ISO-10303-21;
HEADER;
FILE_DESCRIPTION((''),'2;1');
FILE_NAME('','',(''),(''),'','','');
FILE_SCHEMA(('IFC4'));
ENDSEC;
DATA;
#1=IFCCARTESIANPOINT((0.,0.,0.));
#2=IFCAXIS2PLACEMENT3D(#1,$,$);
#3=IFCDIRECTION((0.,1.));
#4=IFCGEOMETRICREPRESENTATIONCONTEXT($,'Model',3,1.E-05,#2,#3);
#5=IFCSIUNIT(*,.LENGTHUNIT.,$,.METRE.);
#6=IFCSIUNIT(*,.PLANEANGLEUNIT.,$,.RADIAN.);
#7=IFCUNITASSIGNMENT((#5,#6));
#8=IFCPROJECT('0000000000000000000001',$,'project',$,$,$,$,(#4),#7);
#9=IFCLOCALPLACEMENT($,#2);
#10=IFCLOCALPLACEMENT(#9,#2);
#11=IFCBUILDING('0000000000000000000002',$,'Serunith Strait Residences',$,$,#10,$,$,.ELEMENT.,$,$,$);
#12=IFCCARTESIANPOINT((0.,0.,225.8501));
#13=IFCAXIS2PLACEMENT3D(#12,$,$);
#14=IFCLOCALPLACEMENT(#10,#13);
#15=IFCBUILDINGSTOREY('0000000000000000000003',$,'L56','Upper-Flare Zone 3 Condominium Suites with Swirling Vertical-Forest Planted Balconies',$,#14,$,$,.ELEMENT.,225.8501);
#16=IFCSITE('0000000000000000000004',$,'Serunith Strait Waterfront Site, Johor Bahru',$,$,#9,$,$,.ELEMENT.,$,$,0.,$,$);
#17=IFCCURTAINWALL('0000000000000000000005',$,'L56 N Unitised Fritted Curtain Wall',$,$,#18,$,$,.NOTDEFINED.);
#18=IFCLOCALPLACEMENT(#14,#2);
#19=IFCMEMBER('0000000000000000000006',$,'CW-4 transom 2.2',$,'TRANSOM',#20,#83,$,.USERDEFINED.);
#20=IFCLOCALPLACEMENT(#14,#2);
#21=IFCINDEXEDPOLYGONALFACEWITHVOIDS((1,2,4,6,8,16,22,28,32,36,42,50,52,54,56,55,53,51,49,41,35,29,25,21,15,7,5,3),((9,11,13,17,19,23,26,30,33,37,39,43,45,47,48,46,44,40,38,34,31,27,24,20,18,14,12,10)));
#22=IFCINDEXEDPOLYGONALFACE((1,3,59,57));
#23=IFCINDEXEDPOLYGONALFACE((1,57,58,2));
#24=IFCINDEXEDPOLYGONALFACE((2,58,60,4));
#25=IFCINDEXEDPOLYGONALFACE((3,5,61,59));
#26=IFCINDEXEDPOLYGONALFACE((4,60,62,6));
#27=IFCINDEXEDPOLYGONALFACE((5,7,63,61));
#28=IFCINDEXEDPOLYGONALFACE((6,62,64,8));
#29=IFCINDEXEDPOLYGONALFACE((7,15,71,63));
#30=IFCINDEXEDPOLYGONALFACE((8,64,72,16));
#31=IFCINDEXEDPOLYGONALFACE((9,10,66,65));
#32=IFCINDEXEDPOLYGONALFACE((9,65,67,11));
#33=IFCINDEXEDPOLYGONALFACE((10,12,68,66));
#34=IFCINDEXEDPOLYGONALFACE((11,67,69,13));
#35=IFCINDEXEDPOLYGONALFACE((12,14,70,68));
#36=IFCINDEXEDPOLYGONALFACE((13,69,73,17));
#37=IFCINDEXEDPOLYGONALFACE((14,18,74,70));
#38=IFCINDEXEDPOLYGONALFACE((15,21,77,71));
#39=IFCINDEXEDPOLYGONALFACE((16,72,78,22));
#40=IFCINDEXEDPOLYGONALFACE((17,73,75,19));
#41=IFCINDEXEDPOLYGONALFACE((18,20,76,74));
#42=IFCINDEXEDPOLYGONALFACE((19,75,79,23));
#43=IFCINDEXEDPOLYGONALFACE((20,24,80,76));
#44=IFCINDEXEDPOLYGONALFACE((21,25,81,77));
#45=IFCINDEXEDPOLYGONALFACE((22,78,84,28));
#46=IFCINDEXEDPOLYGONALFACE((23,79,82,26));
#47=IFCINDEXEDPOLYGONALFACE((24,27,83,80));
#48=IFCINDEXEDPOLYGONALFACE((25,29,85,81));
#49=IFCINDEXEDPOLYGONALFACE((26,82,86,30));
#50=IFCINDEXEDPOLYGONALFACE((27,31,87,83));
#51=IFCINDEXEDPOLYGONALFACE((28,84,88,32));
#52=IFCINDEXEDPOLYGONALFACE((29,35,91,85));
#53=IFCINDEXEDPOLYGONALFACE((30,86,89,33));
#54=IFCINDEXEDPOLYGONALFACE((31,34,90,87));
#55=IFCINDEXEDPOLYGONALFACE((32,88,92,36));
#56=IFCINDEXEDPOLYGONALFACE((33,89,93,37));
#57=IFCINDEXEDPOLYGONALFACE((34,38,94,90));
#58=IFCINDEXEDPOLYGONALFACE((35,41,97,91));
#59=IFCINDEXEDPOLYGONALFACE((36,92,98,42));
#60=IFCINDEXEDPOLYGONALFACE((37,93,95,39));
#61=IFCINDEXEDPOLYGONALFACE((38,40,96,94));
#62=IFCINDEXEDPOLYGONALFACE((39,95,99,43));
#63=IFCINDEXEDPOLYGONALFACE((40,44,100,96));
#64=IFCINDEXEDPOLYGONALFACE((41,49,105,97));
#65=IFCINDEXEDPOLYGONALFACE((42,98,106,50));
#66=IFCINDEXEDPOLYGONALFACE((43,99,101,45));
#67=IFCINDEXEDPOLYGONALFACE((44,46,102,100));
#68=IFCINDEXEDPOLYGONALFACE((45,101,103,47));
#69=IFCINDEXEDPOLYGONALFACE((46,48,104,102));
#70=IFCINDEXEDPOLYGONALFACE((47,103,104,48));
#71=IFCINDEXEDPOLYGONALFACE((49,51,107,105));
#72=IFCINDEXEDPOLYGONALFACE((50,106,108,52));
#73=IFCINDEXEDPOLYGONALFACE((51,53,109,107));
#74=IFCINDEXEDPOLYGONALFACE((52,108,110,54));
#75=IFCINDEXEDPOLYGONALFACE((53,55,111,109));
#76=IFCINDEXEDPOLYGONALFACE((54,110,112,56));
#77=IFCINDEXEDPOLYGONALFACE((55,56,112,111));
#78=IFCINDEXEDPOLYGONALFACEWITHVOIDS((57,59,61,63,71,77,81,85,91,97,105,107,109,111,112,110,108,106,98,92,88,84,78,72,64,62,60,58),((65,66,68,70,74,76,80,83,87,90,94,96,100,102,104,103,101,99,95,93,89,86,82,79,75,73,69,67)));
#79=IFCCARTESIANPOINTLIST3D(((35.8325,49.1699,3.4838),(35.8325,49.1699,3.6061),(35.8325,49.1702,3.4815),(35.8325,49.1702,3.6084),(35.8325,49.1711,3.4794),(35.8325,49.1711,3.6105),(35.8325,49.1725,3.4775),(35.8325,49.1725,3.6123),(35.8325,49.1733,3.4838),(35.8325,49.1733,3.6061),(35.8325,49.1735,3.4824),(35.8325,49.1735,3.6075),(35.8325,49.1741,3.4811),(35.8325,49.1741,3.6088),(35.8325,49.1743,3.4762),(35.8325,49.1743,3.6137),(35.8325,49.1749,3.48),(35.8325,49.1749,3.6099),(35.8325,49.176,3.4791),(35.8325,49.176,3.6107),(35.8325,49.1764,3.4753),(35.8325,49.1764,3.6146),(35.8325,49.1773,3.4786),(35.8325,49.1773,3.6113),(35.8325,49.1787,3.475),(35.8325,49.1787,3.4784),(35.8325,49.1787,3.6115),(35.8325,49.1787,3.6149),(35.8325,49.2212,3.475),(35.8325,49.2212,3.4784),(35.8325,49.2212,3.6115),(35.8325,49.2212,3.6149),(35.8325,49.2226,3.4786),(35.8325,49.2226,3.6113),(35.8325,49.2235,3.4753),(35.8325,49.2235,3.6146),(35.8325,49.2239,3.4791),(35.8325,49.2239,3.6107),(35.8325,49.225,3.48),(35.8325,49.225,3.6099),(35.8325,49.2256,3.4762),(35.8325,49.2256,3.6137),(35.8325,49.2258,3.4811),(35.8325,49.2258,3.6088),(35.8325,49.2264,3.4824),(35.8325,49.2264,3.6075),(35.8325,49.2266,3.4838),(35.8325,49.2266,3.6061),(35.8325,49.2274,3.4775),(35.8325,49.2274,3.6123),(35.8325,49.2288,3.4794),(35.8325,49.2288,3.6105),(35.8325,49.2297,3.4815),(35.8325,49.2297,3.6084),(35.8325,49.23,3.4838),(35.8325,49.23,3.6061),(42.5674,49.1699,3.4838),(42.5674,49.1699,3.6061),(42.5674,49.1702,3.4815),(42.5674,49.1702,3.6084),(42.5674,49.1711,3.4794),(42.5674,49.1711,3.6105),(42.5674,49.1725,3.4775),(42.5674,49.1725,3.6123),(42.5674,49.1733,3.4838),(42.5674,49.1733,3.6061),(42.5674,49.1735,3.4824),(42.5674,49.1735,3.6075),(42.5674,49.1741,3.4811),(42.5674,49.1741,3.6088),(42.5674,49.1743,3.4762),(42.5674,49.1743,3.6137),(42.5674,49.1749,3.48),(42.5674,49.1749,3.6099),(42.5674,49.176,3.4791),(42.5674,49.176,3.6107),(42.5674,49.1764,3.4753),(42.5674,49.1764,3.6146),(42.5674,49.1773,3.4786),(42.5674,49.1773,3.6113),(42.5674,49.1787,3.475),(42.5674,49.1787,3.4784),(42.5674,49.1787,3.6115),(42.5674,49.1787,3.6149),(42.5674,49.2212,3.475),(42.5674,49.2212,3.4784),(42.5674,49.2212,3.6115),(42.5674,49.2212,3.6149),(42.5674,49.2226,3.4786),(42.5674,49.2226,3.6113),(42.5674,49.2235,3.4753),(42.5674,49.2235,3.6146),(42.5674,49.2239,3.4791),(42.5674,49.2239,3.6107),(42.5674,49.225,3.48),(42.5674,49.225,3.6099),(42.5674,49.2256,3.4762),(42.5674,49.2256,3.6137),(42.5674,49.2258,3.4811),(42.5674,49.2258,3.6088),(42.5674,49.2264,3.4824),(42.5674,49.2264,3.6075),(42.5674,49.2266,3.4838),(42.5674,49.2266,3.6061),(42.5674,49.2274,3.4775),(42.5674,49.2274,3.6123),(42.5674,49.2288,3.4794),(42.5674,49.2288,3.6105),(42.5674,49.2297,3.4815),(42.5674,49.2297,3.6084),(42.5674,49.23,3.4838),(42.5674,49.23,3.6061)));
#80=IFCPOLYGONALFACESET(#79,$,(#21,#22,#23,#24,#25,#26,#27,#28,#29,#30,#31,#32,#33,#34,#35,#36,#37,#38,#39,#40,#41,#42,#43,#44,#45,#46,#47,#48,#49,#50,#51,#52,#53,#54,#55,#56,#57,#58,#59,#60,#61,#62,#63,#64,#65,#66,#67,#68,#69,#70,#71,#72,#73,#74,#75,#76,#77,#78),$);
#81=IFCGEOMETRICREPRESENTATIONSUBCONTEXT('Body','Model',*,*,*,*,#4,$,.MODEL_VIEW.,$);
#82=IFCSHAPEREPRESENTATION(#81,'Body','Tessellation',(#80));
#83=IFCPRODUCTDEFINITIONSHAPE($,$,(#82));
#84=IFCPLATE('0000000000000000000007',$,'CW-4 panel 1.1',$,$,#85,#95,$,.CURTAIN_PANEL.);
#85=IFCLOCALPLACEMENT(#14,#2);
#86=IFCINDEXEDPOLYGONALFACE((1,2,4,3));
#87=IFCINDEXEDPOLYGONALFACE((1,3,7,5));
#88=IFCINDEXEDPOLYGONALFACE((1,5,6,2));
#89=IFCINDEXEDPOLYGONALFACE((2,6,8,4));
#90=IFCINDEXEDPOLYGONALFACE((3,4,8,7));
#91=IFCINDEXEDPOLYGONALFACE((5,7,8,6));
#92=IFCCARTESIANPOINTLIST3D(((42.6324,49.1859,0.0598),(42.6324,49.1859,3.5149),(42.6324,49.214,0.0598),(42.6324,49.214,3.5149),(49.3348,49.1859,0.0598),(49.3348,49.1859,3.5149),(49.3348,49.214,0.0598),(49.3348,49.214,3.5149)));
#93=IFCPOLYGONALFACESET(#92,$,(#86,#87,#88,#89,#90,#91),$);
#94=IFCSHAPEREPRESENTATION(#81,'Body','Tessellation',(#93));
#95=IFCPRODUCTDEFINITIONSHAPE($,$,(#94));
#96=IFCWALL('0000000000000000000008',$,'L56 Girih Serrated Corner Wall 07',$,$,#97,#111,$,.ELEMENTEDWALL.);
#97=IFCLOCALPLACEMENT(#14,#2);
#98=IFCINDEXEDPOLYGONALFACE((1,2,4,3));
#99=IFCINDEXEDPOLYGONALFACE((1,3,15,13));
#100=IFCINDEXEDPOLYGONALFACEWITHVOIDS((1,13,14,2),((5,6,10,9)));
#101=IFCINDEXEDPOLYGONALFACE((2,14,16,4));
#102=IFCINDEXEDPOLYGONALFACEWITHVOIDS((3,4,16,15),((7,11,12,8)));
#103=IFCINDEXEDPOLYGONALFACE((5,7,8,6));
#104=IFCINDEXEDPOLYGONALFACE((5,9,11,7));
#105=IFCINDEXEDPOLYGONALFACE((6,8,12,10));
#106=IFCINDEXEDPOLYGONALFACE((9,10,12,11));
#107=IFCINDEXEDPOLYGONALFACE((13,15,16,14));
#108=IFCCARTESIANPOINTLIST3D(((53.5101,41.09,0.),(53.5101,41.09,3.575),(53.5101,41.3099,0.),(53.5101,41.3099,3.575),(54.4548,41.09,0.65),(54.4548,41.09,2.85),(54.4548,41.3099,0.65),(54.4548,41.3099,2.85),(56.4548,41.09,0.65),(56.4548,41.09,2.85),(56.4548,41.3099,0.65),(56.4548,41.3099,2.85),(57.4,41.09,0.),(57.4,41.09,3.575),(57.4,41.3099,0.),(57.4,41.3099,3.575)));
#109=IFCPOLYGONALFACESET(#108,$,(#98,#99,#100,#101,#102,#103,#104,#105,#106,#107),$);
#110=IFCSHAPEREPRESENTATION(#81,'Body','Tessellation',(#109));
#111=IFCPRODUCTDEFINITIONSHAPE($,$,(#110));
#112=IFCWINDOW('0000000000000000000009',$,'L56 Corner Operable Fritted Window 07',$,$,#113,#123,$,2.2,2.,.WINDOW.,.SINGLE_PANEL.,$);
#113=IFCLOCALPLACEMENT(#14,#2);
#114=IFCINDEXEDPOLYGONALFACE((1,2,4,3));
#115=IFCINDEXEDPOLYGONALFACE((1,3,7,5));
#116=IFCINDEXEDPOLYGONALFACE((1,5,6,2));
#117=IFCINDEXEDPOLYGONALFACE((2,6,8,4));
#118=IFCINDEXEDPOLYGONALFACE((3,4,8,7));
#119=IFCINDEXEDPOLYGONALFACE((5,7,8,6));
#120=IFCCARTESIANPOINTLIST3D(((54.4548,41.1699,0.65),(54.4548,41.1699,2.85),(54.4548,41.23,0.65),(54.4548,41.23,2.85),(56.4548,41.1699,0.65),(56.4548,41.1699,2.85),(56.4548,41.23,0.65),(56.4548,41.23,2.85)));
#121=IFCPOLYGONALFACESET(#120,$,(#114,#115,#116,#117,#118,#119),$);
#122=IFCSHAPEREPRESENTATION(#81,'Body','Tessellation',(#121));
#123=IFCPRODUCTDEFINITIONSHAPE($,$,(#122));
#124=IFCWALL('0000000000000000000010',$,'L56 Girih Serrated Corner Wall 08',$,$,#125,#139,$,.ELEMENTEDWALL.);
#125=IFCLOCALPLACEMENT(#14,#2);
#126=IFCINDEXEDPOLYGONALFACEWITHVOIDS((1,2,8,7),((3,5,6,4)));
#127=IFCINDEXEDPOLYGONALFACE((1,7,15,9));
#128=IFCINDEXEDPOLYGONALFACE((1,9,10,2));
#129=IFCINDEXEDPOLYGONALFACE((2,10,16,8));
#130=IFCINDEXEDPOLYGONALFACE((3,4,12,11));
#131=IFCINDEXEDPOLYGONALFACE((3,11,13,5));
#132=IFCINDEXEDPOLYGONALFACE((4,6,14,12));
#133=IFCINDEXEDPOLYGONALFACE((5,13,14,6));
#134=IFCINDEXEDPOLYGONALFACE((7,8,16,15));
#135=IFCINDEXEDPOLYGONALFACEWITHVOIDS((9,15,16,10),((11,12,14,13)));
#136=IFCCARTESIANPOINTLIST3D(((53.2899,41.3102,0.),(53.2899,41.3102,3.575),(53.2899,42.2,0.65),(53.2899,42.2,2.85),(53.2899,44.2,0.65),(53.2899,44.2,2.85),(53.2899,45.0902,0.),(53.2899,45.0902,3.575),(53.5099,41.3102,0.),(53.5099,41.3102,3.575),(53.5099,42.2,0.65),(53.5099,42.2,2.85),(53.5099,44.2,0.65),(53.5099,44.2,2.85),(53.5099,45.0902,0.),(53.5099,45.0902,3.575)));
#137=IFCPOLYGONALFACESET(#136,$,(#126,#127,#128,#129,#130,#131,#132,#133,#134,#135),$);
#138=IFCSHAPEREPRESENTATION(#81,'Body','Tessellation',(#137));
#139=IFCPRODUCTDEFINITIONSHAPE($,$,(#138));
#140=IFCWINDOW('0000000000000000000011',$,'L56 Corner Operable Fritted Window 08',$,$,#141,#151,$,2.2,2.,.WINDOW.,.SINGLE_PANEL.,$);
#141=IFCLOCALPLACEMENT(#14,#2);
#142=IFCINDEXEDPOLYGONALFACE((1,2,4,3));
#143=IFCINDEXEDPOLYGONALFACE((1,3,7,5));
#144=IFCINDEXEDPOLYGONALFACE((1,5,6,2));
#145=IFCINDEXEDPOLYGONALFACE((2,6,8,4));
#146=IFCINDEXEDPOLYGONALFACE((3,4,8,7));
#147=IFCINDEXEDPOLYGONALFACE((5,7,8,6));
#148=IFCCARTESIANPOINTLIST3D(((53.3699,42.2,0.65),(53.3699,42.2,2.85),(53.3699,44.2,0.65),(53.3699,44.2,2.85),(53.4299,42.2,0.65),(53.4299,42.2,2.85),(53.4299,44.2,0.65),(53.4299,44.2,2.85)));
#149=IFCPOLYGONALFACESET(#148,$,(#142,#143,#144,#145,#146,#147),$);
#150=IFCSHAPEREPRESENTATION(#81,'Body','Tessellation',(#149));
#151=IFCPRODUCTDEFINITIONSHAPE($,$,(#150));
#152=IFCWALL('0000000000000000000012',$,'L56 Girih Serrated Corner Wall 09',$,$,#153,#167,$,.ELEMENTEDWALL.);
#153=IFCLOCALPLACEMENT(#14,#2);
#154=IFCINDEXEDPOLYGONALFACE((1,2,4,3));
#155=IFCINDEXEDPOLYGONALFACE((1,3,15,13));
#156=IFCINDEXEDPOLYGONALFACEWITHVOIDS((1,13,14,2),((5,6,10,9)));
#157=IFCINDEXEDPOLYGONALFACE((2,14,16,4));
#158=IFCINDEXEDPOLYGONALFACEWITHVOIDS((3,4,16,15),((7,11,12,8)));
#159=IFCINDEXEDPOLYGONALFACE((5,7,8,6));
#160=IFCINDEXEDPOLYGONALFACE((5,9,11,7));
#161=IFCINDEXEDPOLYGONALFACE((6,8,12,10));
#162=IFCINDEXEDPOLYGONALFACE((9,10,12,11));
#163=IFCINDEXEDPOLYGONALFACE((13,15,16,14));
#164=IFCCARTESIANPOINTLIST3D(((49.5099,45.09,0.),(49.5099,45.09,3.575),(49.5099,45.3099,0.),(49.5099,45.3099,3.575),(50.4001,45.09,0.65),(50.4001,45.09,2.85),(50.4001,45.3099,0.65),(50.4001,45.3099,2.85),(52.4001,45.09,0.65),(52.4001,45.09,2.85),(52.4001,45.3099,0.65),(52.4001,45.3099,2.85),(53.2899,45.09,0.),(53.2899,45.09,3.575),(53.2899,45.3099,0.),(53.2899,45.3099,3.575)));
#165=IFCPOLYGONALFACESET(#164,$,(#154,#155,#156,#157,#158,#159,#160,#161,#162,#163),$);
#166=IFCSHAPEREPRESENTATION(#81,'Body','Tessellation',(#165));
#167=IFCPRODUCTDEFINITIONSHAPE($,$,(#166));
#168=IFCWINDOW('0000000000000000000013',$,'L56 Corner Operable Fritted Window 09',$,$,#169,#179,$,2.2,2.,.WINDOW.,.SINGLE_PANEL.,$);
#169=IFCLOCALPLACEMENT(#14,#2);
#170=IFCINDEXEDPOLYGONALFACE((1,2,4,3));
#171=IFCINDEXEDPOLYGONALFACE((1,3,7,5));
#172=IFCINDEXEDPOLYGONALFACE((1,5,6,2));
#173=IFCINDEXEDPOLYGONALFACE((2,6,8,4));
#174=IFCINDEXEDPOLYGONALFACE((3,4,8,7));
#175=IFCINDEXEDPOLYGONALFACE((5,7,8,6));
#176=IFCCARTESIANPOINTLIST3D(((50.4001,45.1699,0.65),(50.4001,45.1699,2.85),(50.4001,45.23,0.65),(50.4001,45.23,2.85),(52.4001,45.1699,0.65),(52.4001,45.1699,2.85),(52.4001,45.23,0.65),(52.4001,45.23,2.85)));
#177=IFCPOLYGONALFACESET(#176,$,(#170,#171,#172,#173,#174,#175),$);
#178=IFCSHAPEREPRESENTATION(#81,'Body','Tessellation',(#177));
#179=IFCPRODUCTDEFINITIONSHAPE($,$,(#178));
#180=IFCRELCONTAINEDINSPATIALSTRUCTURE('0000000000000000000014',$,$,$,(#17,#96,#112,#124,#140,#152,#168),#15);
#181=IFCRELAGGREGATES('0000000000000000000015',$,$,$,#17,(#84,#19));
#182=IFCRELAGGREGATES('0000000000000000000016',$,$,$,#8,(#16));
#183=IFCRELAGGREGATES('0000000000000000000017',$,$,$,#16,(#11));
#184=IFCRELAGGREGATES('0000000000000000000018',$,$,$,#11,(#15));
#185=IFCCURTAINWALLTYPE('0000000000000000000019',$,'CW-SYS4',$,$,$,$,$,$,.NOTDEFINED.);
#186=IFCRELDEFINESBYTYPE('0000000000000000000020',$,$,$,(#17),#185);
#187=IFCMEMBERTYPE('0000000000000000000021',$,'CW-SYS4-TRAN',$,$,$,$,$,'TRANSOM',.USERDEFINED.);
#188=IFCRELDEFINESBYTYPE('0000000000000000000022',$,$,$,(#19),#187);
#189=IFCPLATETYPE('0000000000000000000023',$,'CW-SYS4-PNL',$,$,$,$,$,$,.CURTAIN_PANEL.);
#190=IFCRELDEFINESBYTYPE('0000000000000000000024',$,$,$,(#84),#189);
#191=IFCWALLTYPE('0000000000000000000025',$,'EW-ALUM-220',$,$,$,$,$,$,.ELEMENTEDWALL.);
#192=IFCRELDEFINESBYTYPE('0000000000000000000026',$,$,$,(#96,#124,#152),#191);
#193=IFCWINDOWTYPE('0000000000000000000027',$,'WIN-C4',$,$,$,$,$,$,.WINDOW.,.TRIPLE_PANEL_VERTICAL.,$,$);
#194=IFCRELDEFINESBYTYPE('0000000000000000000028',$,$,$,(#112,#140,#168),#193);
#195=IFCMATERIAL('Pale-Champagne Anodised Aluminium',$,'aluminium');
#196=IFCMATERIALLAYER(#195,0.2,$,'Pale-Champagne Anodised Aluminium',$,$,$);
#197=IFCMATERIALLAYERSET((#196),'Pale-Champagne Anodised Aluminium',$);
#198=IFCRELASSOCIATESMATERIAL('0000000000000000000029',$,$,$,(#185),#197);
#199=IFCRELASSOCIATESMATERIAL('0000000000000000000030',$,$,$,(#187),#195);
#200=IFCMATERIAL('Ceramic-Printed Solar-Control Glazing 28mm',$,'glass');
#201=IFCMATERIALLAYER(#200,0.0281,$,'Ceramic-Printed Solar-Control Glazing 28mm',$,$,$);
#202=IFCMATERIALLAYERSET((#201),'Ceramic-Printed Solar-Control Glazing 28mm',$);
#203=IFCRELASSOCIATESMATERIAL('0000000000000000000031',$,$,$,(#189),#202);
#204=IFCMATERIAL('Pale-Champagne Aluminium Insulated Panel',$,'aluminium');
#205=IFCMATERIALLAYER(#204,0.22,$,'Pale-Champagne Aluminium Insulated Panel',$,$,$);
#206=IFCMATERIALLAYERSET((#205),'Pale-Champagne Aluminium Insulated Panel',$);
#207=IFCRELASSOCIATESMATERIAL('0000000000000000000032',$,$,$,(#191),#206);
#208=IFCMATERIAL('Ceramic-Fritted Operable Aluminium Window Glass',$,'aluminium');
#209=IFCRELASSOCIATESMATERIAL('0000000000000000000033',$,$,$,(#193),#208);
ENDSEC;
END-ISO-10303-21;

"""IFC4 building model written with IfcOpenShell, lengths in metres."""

from ifc_helpers import new_model, si_unit, direction, frame, frame_2d, origin, origin_2d, place, context, subcontext, project, spatial, rectangle, hollow_rectangle, extrude, source, transform, mapped, material, layer, layer_set, material_profile, profile_set, type_object, element, fill, aggregate, save


model = new_model("IFC4")

# Units and contexts
model_context = context("Model", 3, precision=1e-05, world=origin(), true_north=direction((0.0, 1.0)))
body_context = subcontext(model_context, "Body", "Model", "MODEL_VIEW")
ifc_project = project(units=[si_unit("LENGTHUNIT", "METRE"), si_unit("PLANEANGLEUNIT", "RADIAN")], contexts=[model_context])

# Site, building, storey
site_placement = place(None, origin())
site = spatial("IfcSite", under=ifc_project, at=site_placement, Name="Serunith Strait Waterfront Site, Johor Bahru", CompositionType="ELEMENT", RefElevation=0.0)
building_placement = place(site_placement, origin())
building = spatial("IfcBuilding", under=site, at=building_placement, Name="Serunith Strait Residences", CompositionType="ELEMENT")
storey_placement = place(building_placement, frame((0.0, 0.0, 225.8501)))
storey = spatial("IfcBuildingStorey", under=building, at=storey_placement, Name="L56", Description="Upper-Flare Zone 3 Condominium Suites with Swirling Vertical-Forest Planted Balconies", CompositionType="ELEMENT", Elevation=225.8501)

# Shared definitions
ifc_material_1 = material(Name="Pale-Champagne Anodised Aluminium", Category="aluminium")
ifc_layer_1 = layer(ifc_material_1, 0.2, Name="Pale-Champagne Anodised Aluminium")
ifc_layer_set_1 = layer_set([ifc_layer_1], Name="Pale-Champagne Anodised Aluminium")
curtain_wall_type = type_object("IfcCurtainWallType", Name="CW-SYS4", PredefinedType="NOTDEFINED", material=ifc_layer_set_1)

# Curtain wall, member, plate
curtain_wall_1_placement = place(storey_placement, origin())
curtain_wall_1 = element("IfcCurtainWall", 1, at=curtain_wall_1_placement, inside=storey, type_object=curtain_wall_type, Name="L56 N Unitised Fritted Curtain Wall", PredefinedType="NOTDEFINED")
ifc_material_profile_1 = material_profile(ifc_material_1, hollow_rectangle(XDim=0.0601, YDim=0.1399, WallThickness=0.0034, InnerFilletRadius=0.0054, OuterFilletRadius=0.0088, at=origin_2d()), Name="ALU 140x60x3.5")
ifc_profile_set_1 = profile_set([ifc_material_profile_1], Name="Pale-Champagne Anodised Aluminium")
member_type_1 = type_object("IfcMemberType", Name="CW-SYS4-TRAN", ElementType="TRANSOM", PredefinedType="USERDEFINED", material=ifc_profile_set_1)
shared_shape_1 = source(origin(), body_context, "Body", "SweptSolid", [
    extrude(hollow_rectangle(XDim=0.0601, YDim=0.1399, WallThickness=0.0034, InnerFilletRadius=0.0054, OuterFilletRadius=0.0088, at=origin_2d()), origin(), (0.0, 0.0, 1.0), 6.7349),
])
member_1_placement = place(storey_placement, frame((42.5674, 49.2, 3.5449), z_axis=(-1.0, 0.0, 0.0), x_axis=(0.0, -1.0, 0.0)))
member_1 = element("IfcMember", 2, at=member_1_placement, type_object=member_type_1, Name="CW-4 transom 2.2", ObjectType="TRANSOM", PredefinedType="USERDEFINED", context=body_context, shape_type="MappedRepresentation", body=[
    mapped(shared_shape_1, transform((0.0, 0.0, 0.0), scale=1.0)),
])
ifc_material_2 = material(Name="Ceramic-Printed Solar-Control Glazing 28mm", Category="glass")
ifc_layer_2 = layer(ifc_material_2, 0.0281, Name="Ceramic-Printed Solar-Control Glazing 28mm")
ifc_layer_set_2 = layer_set([ifc_layer_2], Name="Ceramic-Printed Solar-Control Glazing 28mm")
plate_type = type_object("IfcPlateType", Name="CW-SYS4-PNL", PredefinedType="CURTAIN_PANEL", material=ifc_layer_set_2)
shared_shape_2 = source(origin(), body_context, "Body", "SweptSolid", [
    extrude(rectangle(XDim=6.7024, YDim=0.0281, at=origin_2d()), origin(), (0.0, 0.0, 1.0), 3.4551),
])
plate_placement = place(storey_placement, frame((45.9836, 49.2, 0.0598), z_axis=(0.0, 0.0, 1.0), x_axis=(-1.0, 0.0, 0.0)))
plate = element("IfcPlate", 3, at=plate_placement, type_object=plate_type, Name="CW-4 panel 1.1", PredefinedType="CURTAIN_PANEL", context=body_context, shape_type="MappedRepresentation", body=[
    mapped(shared_shape_2, transform((0.0, 0.0, 0.0), scale=1.0)),
])
aggregate(curtain_wall_1, [plate, member_1])

# Walls, openings, windows
ifc_material_3 = material(Name="Pale-Champagne Aluminium Insulated Panel", Category="aluminium")
ifc_layer_3 = layer(ifc_material_3, 0.22, Name="Pale-Champagne Aluminium Insulated Panel")
ifc_layer_set_3 = layer_set([ifc_layer_3], Name="Pale-Champagne Aluminium Insulated Panel")
wall_type = type_object("IfcWallType", Name="EW-ALUM-220", PredefinedType="ELEMENTEDWALL", material=ifc_layer_set_3)
wall_1_placement = place(storey_placement, frame((57.3999, 41.2, 0.0), z_axis=(0.0, 0.0, 1.0), x_axis=(-1.0, 0.0, 0.0)))
wall_1 = element("IfcWall", 4, at=wall_1_placement, inside=storey, type_object=wall_type, Name="L56 Girih Serrated Corner Wall 07", PredefinedType="ELEMENTEDWALL", context=body_context, shape_type="SweptSolid", body=[
    extrude(rectangle(XDim=3.8899, YDim=0.22, at=frame_2d((1.9448, 0.0))), origin(), (0.0, 0.0, 1.0), 3.575),
])
opening_1_placement = place(wall_1_placement, frame((0.9451, 0.0, 0.6499)))
opening_1 = element("IfcOpeningElement", 5, at=opening_1_placement, cuts=wall_1, PredefinedType="OPENING", context=body_context, shape_type="SweptSolid", body=[
    extrude(rectangle(XDim=2.0, YDim=2.2, at=frame_2d((1.0, 1.1001))), frame((0.0, 0.1201, 0.0), z_axis=(0.0, -1.0, 0.0), x_axis=(1.0, 0.0, 0.0)), (0.0, 0.0, 1.0), 0.24),
])
ifc_material_4 = material(Name="Ceramic-Fritted Operable Aluminium Window Glass", Category="aluminium")
window_type = type_object("IfcWindowType", Name="WIN-C4", PartitioningType="TRIPLE_PANEL_VERTICAL", PredefinedType="WINDOW", material=ifc_material_4)
shared_shape_3 = source(origin(), body_context, "Body", "SweptSolid", [
    extrude(rectangle(XDim=2.0, YDim=2.2, at=frame_2d((1.0, 1.1001))), frame((0.0, 0.03, 0.0), z_axis=(0.0, -1.0, 0.0), x_axis=(1.0, 0.0, 0.0)), (0.0, 0.0, 1.0), 0.0601),
])
window_1_placement = place(opening_1_placement, origin())
window_1 = element("IfcWindow", 6, at=window_1_placement, inside=storey, type_object=window_type, Name="L56 Corner Operable Fritted Window 07", OverallHeight=2.2, OverallWidth=2.0, PartitioningType="SINGLE_PANEL", PredefinedType="WINDOW", context=body_context, shape_type="MappedRepresentation", body=[
    mapped(shared_shape_3, transform((0.0, 0.0, 0.0), scale=1.0)),
])
fill(opening_1, window_1)
wall_2_placement = place(storey_placement, frame((53.3999, 41.3101, 0.0), z_axis=(0.0, 0.0, 1.0), x_axis=(0.0, 1.0, 0.0)))
wall_2 = element("IfcWall", 7, at=wall_2_placement, inside=storey, type_object=wall_type, Name="L56 Girih Serrated Corner Wall 08", PredefinedType="ELEMENTEDWALL", context=body_context, shape_type="SweptSolid", body=[
    extrude(rectangle(XDim=3.78, YDim=0.22, at=frame_2d((1.8901, 0.0))), origin(), (0.0, 0.0, 1.0), 3.575),
])
opening_2_placement = place(wall_2_placement, frame((0.8899, 0.0, 0.6499)))
opening_2 = element("IfcOpeningElement", 8, at=opening_2_placement, cuts=wall_2, PredefinedType="OPENING", context=body_context, shape_type="SweptSolid", body=[
    extrude(rectangle(XDim=2.0, YDim=2.2, at=frame_2d((1.0, 1.1001))), frame((0.0, 0.1201, 0.0), z_axis=(0.0, -1.0, 0.0), x_axis=(1.0, 0.0, 0.0)), (0.0, 0.0, 1.0), 0.24),
])
window_2_placement = place(opening_2_placement, origin())
window_2 = element("IfcWindow", 9, at=window_2_placement, inside=storey, type_object=window_type, Name="L56 Corner Operable Fritted Window 08", OverallHeight=2.2, OverallWidth=2.0, PartitioningType="SINGLE_PANEL", PredefinedType="WINDOW", context=body_context, shape_type="MappedRepresentation", body=[
    mapped(shared_shape_3, transform((0.0, 0.0, 0.0), scale=1.0)),
])
fill(opening_2, window_2)
wall_3_placement = place(storey_placement, frame((53.29, 45.2, 0.0), z_axis=(0.0, 0.0, 1.0), x_axis=(-1.0, 0.0, 0.0)))
wall_3 = element("IfcWall", 10, at=wall_3_placement, inside=storey, type_object=wall_type, Name="L56 Girih Serrated Corner Wall 09", PredefinedType="ELEMENTEDWALL", context=body_context, shape_type="SweptSolid", body=[
    extrude(rectangle(XDim=3.78, YDim=0.22, at=frame_2d((1.8901, 0.0))), origin(), (0.0, 0.0, 1.0), 3.575),
])
opening_3_placement = place(wall_3_placement, frame((0.8899, 0.0, 0.6499)))
opening_3 = element("IfcOpeningElement", 11, at=opening_3_placement, cuts=wall_3, PredefinedType="OPENING", context=body_context, shape_type="SweptSolid", body=[
    extrude(rectangle(XDim=2.0, YDim=2.2, at=frame_2d((1.0, 1.1001))), frame((0.0, 0.1201, 0.0), z_axis=(0.0, -1.0, 0.0), x_axis=(1.0, 0.0, 0.0)), (0.0, 0.0, 1.0), 0.24),
])
window_3_placement = place(opening_3_placement, origin())
window_3 = element("IfcWindow", 12, at=window_3_placement, inside=storey, type_object=window_type, Name="L56 Corner Operable Fritted Window 09", OverallHeight=2.2, OverallWidth=2.0, PartitioningType="SINGLE_PANEL", PredefinedType="WINDOW", context=body_context, shape_type="MappedRepresentation", body=[
    mapped(shared_shape_3, transform((0.0, 0.0, 0.0), scale=1.0)),
])
fill(opening_3, window_3)

save(model, "model.ifc")
